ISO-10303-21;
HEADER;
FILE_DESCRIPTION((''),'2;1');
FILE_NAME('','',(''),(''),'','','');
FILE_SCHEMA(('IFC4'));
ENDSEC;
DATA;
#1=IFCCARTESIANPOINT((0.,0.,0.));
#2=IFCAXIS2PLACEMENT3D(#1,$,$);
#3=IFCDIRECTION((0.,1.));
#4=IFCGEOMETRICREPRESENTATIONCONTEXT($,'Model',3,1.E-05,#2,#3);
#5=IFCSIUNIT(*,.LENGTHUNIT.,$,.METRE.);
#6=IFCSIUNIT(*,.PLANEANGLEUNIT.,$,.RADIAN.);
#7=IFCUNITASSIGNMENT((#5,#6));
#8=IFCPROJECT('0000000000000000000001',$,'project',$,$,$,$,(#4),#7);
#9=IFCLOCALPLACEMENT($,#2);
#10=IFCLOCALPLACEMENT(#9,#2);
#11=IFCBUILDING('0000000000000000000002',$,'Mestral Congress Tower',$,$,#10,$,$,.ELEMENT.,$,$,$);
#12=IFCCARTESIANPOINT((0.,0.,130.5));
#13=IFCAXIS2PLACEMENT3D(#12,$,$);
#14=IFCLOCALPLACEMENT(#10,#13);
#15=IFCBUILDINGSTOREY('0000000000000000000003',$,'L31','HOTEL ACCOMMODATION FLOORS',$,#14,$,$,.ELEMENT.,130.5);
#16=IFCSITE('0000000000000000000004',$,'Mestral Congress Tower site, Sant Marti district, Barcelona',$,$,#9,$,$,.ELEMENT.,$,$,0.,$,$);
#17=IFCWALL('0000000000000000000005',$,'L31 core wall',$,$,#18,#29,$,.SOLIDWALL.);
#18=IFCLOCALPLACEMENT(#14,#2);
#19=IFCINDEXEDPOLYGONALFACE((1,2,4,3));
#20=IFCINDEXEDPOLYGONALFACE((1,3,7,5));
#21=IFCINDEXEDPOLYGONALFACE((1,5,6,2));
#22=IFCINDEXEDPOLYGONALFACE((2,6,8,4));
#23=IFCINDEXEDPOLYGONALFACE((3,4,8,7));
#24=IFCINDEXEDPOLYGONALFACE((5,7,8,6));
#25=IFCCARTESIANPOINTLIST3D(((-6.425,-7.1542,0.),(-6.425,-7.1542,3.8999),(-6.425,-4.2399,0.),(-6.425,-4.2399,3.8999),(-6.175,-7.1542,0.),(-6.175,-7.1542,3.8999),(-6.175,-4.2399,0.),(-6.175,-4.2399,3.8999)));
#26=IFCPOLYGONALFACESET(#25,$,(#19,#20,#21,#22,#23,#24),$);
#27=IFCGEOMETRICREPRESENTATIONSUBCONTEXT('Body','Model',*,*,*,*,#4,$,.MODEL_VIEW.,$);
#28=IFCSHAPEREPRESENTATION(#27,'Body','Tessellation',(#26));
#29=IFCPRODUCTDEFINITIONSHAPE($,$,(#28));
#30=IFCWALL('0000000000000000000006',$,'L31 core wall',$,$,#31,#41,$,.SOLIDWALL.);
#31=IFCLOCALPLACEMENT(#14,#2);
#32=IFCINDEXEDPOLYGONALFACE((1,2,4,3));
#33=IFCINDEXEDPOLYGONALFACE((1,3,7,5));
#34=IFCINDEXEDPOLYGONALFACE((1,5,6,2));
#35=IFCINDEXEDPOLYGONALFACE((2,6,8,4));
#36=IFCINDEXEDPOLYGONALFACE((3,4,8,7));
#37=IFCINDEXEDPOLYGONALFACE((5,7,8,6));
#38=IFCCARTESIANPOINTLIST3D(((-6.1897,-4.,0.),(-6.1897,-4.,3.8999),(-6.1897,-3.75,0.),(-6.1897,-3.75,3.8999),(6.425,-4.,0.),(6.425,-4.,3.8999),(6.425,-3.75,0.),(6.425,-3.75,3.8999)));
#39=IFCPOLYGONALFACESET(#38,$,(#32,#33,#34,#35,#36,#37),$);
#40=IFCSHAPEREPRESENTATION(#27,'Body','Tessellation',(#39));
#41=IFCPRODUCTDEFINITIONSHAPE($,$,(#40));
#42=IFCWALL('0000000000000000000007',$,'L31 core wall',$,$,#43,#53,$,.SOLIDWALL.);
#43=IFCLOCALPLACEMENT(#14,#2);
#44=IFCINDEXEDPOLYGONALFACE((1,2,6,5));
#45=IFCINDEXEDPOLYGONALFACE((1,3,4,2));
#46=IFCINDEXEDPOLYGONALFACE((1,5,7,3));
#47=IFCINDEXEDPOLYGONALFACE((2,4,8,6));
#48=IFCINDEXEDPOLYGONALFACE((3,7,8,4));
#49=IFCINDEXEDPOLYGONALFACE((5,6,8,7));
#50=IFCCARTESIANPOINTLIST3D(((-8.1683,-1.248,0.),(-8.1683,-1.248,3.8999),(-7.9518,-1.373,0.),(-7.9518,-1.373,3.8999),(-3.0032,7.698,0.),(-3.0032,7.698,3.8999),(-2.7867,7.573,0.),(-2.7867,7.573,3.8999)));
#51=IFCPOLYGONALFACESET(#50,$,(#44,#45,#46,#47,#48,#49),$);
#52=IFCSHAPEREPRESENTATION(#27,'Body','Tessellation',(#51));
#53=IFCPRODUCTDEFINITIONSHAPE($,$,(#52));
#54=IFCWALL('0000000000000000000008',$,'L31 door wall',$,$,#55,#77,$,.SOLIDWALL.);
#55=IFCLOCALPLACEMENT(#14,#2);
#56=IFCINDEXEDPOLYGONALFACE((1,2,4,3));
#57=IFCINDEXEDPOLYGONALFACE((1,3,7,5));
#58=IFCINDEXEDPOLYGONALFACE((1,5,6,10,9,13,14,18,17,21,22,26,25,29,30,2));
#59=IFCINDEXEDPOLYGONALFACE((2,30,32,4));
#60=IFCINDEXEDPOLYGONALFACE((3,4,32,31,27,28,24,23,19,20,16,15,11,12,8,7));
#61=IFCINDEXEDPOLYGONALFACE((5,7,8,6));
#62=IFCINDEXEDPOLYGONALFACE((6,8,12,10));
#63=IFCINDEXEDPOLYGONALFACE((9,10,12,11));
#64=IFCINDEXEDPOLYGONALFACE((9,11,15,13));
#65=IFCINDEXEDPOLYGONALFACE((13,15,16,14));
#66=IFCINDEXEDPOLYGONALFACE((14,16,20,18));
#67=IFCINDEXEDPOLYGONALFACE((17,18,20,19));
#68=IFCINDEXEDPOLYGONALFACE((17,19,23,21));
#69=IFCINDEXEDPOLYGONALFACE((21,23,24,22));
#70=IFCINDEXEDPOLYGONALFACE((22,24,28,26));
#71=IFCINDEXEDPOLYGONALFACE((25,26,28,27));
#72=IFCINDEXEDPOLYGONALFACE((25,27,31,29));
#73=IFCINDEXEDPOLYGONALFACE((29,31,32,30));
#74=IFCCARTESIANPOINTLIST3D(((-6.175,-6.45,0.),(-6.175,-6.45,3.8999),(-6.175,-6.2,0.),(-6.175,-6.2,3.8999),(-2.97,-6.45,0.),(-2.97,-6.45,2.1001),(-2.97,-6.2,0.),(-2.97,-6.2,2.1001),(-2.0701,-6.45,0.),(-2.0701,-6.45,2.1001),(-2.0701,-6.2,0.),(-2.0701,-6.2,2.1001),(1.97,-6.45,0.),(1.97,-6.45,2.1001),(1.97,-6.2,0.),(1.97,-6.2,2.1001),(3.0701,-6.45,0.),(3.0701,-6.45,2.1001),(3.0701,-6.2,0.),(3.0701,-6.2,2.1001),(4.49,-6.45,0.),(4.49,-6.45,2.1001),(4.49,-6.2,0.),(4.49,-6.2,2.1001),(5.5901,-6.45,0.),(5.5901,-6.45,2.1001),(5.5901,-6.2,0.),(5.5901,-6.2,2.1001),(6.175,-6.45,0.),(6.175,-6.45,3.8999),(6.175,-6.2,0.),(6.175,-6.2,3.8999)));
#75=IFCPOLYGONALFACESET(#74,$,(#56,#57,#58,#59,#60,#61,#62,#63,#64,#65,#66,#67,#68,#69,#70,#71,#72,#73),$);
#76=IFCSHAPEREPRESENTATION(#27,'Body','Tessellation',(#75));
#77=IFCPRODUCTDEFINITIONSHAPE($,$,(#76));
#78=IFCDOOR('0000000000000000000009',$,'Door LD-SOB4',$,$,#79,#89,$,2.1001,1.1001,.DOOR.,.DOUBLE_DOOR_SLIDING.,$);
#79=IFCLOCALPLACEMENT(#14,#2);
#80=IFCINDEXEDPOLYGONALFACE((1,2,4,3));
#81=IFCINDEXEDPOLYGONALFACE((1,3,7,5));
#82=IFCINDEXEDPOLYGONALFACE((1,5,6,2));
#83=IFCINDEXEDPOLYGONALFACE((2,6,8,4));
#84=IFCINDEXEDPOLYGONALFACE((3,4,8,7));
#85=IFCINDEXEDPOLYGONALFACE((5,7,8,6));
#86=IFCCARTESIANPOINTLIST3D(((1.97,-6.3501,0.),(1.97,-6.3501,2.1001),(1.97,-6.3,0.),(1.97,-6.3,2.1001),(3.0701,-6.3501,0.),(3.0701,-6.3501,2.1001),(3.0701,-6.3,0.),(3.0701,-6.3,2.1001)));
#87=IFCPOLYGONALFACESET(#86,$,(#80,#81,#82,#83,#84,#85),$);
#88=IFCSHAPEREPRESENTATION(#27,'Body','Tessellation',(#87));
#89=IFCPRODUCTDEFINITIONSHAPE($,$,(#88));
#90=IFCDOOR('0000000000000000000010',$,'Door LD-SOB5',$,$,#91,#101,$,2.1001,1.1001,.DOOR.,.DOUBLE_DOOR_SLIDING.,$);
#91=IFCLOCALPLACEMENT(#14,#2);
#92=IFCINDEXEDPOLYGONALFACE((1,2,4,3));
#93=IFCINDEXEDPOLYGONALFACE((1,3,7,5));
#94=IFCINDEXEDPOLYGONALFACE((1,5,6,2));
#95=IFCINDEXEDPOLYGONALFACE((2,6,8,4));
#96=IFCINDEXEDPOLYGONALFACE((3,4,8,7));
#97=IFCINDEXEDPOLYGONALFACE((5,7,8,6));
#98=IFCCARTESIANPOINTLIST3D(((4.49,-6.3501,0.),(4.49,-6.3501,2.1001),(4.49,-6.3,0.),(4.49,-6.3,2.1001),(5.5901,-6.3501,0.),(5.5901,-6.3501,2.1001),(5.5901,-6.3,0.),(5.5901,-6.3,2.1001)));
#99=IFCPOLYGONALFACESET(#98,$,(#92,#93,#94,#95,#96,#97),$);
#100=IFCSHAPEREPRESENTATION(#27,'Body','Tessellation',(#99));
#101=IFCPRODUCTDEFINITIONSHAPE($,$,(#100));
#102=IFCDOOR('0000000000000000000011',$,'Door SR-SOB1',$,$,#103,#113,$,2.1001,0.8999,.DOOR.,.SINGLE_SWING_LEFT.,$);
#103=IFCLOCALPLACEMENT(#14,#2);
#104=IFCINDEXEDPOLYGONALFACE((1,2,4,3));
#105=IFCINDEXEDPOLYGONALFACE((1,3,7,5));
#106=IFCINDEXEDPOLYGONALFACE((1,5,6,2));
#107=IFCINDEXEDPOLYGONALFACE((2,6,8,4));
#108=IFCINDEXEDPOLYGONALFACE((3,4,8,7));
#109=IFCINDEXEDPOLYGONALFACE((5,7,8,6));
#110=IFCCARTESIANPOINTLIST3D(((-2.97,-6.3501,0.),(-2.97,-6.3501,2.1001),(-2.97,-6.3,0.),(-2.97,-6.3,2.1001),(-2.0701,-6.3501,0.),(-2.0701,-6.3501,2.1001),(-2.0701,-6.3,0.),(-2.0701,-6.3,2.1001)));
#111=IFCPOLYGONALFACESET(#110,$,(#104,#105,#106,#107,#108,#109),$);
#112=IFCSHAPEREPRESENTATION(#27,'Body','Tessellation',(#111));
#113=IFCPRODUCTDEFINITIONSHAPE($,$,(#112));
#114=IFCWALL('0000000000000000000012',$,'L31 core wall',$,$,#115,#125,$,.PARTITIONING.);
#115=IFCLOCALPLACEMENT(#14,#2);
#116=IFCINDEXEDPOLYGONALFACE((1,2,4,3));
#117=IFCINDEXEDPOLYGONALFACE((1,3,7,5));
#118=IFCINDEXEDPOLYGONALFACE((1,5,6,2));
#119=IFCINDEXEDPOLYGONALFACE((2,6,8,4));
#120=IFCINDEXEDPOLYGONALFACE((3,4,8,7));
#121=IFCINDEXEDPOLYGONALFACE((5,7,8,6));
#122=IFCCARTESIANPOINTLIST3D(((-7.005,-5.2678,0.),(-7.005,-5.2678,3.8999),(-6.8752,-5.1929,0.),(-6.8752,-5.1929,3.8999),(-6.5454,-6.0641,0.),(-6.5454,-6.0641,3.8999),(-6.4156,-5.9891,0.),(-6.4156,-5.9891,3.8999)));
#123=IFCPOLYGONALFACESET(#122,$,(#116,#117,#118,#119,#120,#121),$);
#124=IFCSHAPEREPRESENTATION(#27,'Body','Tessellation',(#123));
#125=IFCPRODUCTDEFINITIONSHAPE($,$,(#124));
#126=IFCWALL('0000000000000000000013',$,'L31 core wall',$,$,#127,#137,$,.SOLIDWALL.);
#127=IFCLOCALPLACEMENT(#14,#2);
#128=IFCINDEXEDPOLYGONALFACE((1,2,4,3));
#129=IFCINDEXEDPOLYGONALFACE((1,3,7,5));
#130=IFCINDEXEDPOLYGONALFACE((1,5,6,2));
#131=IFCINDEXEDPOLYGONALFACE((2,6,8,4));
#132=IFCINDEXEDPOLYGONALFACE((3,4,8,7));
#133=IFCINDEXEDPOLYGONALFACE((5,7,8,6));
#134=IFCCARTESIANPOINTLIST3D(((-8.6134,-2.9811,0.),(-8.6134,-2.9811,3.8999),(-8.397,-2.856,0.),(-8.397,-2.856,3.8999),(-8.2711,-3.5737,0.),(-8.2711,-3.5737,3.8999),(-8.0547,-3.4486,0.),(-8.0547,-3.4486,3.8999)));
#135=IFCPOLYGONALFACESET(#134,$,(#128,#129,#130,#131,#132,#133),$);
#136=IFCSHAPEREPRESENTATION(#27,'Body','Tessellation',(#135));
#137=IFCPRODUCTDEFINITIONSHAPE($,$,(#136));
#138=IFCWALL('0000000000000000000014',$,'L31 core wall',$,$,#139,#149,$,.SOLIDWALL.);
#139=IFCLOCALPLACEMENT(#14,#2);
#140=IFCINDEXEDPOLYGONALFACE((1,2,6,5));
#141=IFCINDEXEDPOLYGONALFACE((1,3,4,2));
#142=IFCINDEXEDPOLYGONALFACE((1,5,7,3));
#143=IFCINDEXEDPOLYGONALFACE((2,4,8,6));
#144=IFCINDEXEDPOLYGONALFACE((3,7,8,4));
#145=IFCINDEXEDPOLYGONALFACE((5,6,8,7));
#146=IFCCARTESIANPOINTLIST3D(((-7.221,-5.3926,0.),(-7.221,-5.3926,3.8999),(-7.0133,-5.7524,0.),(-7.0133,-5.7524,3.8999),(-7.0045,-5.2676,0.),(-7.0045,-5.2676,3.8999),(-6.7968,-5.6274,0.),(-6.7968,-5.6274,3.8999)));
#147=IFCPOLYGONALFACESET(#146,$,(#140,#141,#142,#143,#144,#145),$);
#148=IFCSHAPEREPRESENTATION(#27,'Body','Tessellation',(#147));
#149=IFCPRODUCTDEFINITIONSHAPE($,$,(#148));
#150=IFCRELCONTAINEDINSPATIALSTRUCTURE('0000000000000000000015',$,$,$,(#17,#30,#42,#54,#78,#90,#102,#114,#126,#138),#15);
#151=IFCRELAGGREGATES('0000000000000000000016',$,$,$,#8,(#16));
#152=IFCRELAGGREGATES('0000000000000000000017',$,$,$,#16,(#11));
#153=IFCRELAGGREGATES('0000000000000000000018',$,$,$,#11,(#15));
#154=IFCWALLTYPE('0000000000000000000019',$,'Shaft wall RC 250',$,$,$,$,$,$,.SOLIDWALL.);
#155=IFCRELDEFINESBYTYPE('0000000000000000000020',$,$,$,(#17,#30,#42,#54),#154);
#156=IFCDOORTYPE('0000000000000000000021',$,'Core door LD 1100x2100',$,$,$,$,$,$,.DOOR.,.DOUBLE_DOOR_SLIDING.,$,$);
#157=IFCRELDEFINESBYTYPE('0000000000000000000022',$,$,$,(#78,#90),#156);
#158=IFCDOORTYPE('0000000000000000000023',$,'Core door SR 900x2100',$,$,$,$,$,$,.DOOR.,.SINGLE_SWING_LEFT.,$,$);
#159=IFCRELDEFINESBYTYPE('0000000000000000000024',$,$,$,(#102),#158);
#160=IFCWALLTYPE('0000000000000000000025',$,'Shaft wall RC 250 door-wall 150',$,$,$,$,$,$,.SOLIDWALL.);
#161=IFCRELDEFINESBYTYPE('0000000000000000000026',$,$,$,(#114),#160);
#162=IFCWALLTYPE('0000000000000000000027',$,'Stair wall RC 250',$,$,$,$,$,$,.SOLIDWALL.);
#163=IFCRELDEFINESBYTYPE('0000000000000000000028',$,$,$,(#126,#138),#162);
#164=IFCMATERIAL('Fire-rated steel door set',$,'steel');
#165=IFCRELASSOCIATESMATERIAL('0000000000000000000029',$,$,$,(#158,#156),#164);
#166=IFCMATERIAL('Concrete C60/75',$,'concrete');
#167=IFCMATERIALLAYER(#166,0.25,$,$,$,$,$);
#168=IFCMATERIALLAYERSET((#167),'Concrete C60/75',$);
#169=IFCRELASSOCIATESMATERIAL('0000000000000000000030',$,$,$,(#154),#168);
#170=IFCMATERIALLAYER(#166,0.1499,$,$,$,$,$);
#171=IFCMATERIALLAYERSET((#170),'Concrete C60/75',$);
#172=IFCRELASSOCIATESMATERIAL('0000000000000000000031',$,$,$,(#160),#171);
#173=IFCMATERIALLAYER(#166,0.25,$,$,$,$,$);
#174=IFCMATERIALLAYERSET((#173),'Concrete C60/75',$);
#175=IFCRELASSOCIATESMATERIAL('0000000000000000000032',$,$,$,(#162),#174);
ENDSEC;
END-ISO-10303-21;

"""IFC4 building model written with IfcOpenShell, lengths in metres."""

from ifc_helpers import new_model, si_unit, direction, frame, frame_2d, origin, place, context, subcontext, project, spatial, rectangle, extrude, material, layer, layer_set, type_object, element, fill, save


model = new_model("IFC4")

# Units and contexts
model_context = context("Model", 3, precision=1e-05, world=origin(), true_north=direction((0.0, 1.0)))
body_context = subcontext(model_context, "Body", "Model", "MODEL_VIEW")
ifc_project = project(units=[si_unit("LENGTHUNIT", "METRE"), si_unit("PLANEANGLEUNIT", "RADIAN")], contexts=[model_context])

# Site, building, storey
site_placement = place(None, origin())
site = spatial("IfcSite", under=ifc_project, at=site_placement, Name="Mestral Congress Tower site, Sant Marti district, Barcelona", CompositionType="ELEMENT", RefElevation=0.0)
building_placement = place(site_placement, origin())
building = spatial("IfcBuilding", under=site, at=building_placement, Name="Mestral Congress Tower", CompositionType="ELEMENT")
storey_placement = place(building_placement, frame((0.0, 0.0, 130.5)))
storey = spatial("IfcBuildingStorey", under=building, at=storey_placement, Name="L31", Description="HOTEL ACCOMMODATION FLOORS", CompositionType="ELEMENT", Elevation=130.5)

# Shared definitions
ifc_material_1 = material(Name="Fire-rated steel door set", Category="steel")
door_type_1 = type_object("IfcDoorType", Name="Core door SR 900x2100", OperationType="SINGLE_SWING_LEFT", PredefinedType="DOOR", material=ifc_material_1)

# Walls
ifc_material_2 = material(Name="Concrete C60/75", Category="concrete")
ifc_layer_1 = layer(ifc_material_2, 0.25)
ifc_layer_set_1 = layer_set([ifc_layer_1], Name="Concrete C60/75")
wall_type_1 = type_object("IfcWallType", Name="Shaft wall RC 250", PredefinedType="SOLIDWALL", material=ifc_layer_set_1)
wall_1_placement = place(storey_placement, frame((-6.3, -4.24, 0.0), z_axis=(0.0, 0.0, 1.0), x_axis=(0.0, -1.0, 0.0)))
element("IfcWall", 1, at=wall_1_placement, inside=storey, type_object=wall_type_1, Name="L31 core wall", PredefinedType="SOLIDWALL", context=body_context, shape_type="SweptSolid", body=[
    extrude(rectangle(XDim=2.9143, YDim=0.25, at=frame_2d((1.457, 0.0))), origin(), (0.0, 0.0, 1.0), 3.8999),
])
wall_2_placement = place(storey_placement, frame((-6.1897, -3.875, 0.0), z_axis=(0.0, 0.0, 1.0), x_axis=(1.0, 0.0, 0.0)))
element("IfcWall", 2, at=wall_2_placement, inside=storey, type_object=wall_type_1, Name="L31 core wall", PredefinedType="SOLIDWALL", context=body_context, shape_type="SweptSolid", body=[
    extrude(rectangle(XDim=12.6147, YDim=0.25, at=frame_2d((6.3074, 0.0))), origin(), (0.0, 0.0, 1.0), 3.8999),
])
wall_3_placement = place(storey_placement, frame((-8.0601, -1.3105, 0.0), z_axis=(0.0, 0.0, 1.0), x_axis=(0.500003, 0.866024, 0.0)))
element("IfcWall", 3, at=wall_3_placement, inside=storey, type_object=wall_type_1, Name="L31 core wall", PredefinedType="SOLIDWALL", context=body_context, shape_type="SweptSolid", body=[
    extrude(rectangle(XDim=10.3301, YDim=0.25, at=frame_2d((5.165, 0.0))), origin(), (0.0, 0.0, 1.0), 3.8999),
])

# Wall, openings, doors
wall_4_placement = place(storey_placement, frame((-6.175, -6.325, 0.0), z_axis=(0.0, 0.0, 1.0), x_axis=(1.0, 0.0, 0.0)))
wall_4 = element("IfcWall", 4, at=wall_4_placement, inside=storey, type_object=wall_type_1, Name="L31 door wall", PredefinedType="SOLIDWALL", context=body_context, shape_type="SweptSolid", body=[
    extrude(rectangle(XDim=12.3501, YDim=0.25, at=frame_2d((6.175, 0.0))), origin(), (0.0, 0.0, 1.0), 3.8999),
])
opening_1_placement = place(wall_4_placement, frame((3.2051, 0.0, 0.0)))
opening_1 = element("IfcOpeningElement", 5, at=opening_1_placement, cuts=wall_4, PredefinedType="OPENING", context=body_context, shape_type="SweptSolid", body=[
    extrude(rectangle(XDim=0.8999, YDim=2.1001, at=frame_2d((0.45, 1.05))), frame((0.0, 0.135, 0.0), z_axis=(0.0, -1.0, 0.0), x_axis=(1.0, 0.0, 0.0)), (0.0, 0.0, 1.0), 0.27),
])
opening_2_placement = place(wall_4_placement, frame((8.145, 0.0, 0.0)))
opening_2 = element("IfcOpeningElement", 6, at=opening_2_placement, cuts=wall_4, PredefinedType="OPENING", context=body_context, shape_type="SweptSolid", body=[
    extrude(rectangle(XDim=1.1001, YDim=2.1001, at=frame_2d((0.55, 1.05))), frame((0.0, 0.135, 0.0), z_axis=(0.0, -1.0, 0.0), x_axis=(1.0, 0.0, 0.0)), (0.0, 0.0, 1.0), 0.27),
])
opening_3_placement = place(wall_4_placement, frame((10.665, 0.0, 0.0)))
opening_3 = element("IfcOpeningElement", 7, at=opening_3_placement, cuts=wall_4, PredefinedType="OPENING", context=body_context, shape_type="SweptSolid", body=[
    extrude(rectangle(XDim=1.1001, YDim=2.1001, at=frame_2d((0.55, 1.05))), frame((0.0, 0.135, 0.0), z_axis=(0.0, -1.0, 0.0), x_axis=(1.0, 0.0, 0.0)), (0.0, 0.0, 1.0), 0.27),
])
door_type_2 = type_object("IfcDoorType", Name="Core door LD 1100x2100", OperationType="DOUBLE_DOOR_SLIDING", PredefinedType="DOOR", material=ifc_material_1)
door_1_placement = place(opening_2_placement, origin())
door_1 = element("IfcDoor", 8, at=door_1_placement, inside=storey, type_object=door_type_2, Name="Door LD-SOB4", OperationType="DOUBLE_DOOR_SLIDING", OverallHeight=2.1001, OverallWidth=1.1001, PredefinedType="DOOR", context=body_context, shape_type="SweptSolid", body=[
    extrude(rectangle(XDim=1.1001, YDim=2.1001, at=frame_2d((0.55, 1.05))), frame((0.0, 0.0249, 0.0), z_axis=(0.0, -1.0, 0.0), x_axis=(1.0, 0.0, 0.0)), (0.0, 0.0, 1.0), 0.05),
])
fill(opening_2, door_1)
door_2_placement = place(opening_3_placement, origin())
door_2 = element("IfcDoor", 9, at=door_2_placement, inside=storey, type_object=door_type_2, Name="Door LD-SOB5", OperationType="DOUBLE_DOOR_SLIDING", OverallHeight=2.1001, OverallWidth=1.1001, PredefinedType="DOOR", context=body_context, shape_type="SweptSolid", body=[
    extrude(rectangle(XDim=1.1001, YDim=2.1001, at=frame_2d((0.55, 1.05))), frame((0.0, 0.0249, 0.0), z_axis=(0.0, -1.0, 0.0), x_axis=(1.0, 0.0, 0.0)), (0.0, 0.0, 1.0), 0.05),
])
fill(opening_3, door_2)
door_3_placement = place(opening_1_placement, origin())
door_3 = element("IfcDoor", 10, at=door_3_placement, inside=storey, type_object=door_type_1, Name="Door SR-SOB1", OperationType="SINGLE_SWING_LEFT", OverallHeight=2.1001, OverallWidth=0.8999, PredefinedType="DOOR", context=body_context, shape_type="SweptSolid", body=[
    extrude(rectangle(XDim=0.8999, YDim=2.1001, at=frame_2d((0.45, 1.05))), frame((0.0, 0.0249, 0.0), z_axis=(0.0, -1.0, 0.0), x_axis=(1.0, 0.0, 0.0)), (0.0, 0.0, 1.0), 0.05),
])
fill(opening_1, door_3)

# Walls
ifc_layer_2 = layer(ifc_material_2, 0.1499)
ifc_layer_set_2 = layer_set([ifc_layer_2], Name="Concrete C60/75")
wall_type_2 = type_object("IfcWallType", Name="Shaft wall RC 250 door-wall 150", PredefinedType="SOLIDWALL", material=ifc_layer_set_2)
wall_5_placement = place(storey_placement, frame((-6.4805, -6.0266, 0.0), z_axis=(0.0, 0.0, 1.0), x_axis=(-0.499937, 0.866062, 0.0)))
element("IfcWall", 11, at=wall_5_placement, inside=storey, type_object=wall_type_2, Name="L31 core wall", PredefinedType="PARTITIONING", context=body_context, shape_type="SweptSolid", body=[
    extrude(rectangle(XDim=0.9194, YDim=0.1499, at=frame_2d((0.4597, 0.0))), origin(), (0.0, 0.0, 1.0), 3.8999),
])
ifc_layer_3 = layer(ifc_material_2, 0.25)
ifc_layer_set_3 = layer_set([ifc_layer_3], Name="Concrete C60/75")
wall_type_3 = type_object("IfcWallType", Name="Stair wall RC 250", PredefinedType="SOLIDWALL", material=ifc_layer_set_3)
wall_6_placement = place(storey_placement, frame((-8.1628, -3.5112, 0.0), z_axis=(0.0, 0.0, 1.0), x_axis=(-0.500206, 0.865906, 0.0)))
element("IfcWall", 12, at=wall_6_placement, inside=storey, type_object=wall_type_3, Name="L31 core wall", PredefinedType="SOLIDWALL", context=body_context, shape_type="SweptSolid", body=[
    extrude(rectangle(XDim=0.6843, YDim=0.25, at=frame_2d((0.3423, 0.0))), origin(), (0.0, 0.0, 1.0), 3.8999),
])
wall_7_placement = place(storey_placement, frame((-6.905, -5.6899, 0.0), z_axis=(0.0, 0.0, 1.0), x_axis=(-0.499994, 0.866029, 0.0)))
element("IfcWall", 13, at=wall_7_placement, inside=storey, type_object=wall_type_3, Name="L31 core wall", PredefinedType="SOLIDWALL", context=body_context, shape_type="SweptSolid", body=[
    extrude(rectangle(XDim=0.4155, YDim=0.25, at=frame_2d((0.2078, 0.0))), origin(), (0.0, 0.0, 1.0), 3.8999),
])

save(model, "model.ifc")
